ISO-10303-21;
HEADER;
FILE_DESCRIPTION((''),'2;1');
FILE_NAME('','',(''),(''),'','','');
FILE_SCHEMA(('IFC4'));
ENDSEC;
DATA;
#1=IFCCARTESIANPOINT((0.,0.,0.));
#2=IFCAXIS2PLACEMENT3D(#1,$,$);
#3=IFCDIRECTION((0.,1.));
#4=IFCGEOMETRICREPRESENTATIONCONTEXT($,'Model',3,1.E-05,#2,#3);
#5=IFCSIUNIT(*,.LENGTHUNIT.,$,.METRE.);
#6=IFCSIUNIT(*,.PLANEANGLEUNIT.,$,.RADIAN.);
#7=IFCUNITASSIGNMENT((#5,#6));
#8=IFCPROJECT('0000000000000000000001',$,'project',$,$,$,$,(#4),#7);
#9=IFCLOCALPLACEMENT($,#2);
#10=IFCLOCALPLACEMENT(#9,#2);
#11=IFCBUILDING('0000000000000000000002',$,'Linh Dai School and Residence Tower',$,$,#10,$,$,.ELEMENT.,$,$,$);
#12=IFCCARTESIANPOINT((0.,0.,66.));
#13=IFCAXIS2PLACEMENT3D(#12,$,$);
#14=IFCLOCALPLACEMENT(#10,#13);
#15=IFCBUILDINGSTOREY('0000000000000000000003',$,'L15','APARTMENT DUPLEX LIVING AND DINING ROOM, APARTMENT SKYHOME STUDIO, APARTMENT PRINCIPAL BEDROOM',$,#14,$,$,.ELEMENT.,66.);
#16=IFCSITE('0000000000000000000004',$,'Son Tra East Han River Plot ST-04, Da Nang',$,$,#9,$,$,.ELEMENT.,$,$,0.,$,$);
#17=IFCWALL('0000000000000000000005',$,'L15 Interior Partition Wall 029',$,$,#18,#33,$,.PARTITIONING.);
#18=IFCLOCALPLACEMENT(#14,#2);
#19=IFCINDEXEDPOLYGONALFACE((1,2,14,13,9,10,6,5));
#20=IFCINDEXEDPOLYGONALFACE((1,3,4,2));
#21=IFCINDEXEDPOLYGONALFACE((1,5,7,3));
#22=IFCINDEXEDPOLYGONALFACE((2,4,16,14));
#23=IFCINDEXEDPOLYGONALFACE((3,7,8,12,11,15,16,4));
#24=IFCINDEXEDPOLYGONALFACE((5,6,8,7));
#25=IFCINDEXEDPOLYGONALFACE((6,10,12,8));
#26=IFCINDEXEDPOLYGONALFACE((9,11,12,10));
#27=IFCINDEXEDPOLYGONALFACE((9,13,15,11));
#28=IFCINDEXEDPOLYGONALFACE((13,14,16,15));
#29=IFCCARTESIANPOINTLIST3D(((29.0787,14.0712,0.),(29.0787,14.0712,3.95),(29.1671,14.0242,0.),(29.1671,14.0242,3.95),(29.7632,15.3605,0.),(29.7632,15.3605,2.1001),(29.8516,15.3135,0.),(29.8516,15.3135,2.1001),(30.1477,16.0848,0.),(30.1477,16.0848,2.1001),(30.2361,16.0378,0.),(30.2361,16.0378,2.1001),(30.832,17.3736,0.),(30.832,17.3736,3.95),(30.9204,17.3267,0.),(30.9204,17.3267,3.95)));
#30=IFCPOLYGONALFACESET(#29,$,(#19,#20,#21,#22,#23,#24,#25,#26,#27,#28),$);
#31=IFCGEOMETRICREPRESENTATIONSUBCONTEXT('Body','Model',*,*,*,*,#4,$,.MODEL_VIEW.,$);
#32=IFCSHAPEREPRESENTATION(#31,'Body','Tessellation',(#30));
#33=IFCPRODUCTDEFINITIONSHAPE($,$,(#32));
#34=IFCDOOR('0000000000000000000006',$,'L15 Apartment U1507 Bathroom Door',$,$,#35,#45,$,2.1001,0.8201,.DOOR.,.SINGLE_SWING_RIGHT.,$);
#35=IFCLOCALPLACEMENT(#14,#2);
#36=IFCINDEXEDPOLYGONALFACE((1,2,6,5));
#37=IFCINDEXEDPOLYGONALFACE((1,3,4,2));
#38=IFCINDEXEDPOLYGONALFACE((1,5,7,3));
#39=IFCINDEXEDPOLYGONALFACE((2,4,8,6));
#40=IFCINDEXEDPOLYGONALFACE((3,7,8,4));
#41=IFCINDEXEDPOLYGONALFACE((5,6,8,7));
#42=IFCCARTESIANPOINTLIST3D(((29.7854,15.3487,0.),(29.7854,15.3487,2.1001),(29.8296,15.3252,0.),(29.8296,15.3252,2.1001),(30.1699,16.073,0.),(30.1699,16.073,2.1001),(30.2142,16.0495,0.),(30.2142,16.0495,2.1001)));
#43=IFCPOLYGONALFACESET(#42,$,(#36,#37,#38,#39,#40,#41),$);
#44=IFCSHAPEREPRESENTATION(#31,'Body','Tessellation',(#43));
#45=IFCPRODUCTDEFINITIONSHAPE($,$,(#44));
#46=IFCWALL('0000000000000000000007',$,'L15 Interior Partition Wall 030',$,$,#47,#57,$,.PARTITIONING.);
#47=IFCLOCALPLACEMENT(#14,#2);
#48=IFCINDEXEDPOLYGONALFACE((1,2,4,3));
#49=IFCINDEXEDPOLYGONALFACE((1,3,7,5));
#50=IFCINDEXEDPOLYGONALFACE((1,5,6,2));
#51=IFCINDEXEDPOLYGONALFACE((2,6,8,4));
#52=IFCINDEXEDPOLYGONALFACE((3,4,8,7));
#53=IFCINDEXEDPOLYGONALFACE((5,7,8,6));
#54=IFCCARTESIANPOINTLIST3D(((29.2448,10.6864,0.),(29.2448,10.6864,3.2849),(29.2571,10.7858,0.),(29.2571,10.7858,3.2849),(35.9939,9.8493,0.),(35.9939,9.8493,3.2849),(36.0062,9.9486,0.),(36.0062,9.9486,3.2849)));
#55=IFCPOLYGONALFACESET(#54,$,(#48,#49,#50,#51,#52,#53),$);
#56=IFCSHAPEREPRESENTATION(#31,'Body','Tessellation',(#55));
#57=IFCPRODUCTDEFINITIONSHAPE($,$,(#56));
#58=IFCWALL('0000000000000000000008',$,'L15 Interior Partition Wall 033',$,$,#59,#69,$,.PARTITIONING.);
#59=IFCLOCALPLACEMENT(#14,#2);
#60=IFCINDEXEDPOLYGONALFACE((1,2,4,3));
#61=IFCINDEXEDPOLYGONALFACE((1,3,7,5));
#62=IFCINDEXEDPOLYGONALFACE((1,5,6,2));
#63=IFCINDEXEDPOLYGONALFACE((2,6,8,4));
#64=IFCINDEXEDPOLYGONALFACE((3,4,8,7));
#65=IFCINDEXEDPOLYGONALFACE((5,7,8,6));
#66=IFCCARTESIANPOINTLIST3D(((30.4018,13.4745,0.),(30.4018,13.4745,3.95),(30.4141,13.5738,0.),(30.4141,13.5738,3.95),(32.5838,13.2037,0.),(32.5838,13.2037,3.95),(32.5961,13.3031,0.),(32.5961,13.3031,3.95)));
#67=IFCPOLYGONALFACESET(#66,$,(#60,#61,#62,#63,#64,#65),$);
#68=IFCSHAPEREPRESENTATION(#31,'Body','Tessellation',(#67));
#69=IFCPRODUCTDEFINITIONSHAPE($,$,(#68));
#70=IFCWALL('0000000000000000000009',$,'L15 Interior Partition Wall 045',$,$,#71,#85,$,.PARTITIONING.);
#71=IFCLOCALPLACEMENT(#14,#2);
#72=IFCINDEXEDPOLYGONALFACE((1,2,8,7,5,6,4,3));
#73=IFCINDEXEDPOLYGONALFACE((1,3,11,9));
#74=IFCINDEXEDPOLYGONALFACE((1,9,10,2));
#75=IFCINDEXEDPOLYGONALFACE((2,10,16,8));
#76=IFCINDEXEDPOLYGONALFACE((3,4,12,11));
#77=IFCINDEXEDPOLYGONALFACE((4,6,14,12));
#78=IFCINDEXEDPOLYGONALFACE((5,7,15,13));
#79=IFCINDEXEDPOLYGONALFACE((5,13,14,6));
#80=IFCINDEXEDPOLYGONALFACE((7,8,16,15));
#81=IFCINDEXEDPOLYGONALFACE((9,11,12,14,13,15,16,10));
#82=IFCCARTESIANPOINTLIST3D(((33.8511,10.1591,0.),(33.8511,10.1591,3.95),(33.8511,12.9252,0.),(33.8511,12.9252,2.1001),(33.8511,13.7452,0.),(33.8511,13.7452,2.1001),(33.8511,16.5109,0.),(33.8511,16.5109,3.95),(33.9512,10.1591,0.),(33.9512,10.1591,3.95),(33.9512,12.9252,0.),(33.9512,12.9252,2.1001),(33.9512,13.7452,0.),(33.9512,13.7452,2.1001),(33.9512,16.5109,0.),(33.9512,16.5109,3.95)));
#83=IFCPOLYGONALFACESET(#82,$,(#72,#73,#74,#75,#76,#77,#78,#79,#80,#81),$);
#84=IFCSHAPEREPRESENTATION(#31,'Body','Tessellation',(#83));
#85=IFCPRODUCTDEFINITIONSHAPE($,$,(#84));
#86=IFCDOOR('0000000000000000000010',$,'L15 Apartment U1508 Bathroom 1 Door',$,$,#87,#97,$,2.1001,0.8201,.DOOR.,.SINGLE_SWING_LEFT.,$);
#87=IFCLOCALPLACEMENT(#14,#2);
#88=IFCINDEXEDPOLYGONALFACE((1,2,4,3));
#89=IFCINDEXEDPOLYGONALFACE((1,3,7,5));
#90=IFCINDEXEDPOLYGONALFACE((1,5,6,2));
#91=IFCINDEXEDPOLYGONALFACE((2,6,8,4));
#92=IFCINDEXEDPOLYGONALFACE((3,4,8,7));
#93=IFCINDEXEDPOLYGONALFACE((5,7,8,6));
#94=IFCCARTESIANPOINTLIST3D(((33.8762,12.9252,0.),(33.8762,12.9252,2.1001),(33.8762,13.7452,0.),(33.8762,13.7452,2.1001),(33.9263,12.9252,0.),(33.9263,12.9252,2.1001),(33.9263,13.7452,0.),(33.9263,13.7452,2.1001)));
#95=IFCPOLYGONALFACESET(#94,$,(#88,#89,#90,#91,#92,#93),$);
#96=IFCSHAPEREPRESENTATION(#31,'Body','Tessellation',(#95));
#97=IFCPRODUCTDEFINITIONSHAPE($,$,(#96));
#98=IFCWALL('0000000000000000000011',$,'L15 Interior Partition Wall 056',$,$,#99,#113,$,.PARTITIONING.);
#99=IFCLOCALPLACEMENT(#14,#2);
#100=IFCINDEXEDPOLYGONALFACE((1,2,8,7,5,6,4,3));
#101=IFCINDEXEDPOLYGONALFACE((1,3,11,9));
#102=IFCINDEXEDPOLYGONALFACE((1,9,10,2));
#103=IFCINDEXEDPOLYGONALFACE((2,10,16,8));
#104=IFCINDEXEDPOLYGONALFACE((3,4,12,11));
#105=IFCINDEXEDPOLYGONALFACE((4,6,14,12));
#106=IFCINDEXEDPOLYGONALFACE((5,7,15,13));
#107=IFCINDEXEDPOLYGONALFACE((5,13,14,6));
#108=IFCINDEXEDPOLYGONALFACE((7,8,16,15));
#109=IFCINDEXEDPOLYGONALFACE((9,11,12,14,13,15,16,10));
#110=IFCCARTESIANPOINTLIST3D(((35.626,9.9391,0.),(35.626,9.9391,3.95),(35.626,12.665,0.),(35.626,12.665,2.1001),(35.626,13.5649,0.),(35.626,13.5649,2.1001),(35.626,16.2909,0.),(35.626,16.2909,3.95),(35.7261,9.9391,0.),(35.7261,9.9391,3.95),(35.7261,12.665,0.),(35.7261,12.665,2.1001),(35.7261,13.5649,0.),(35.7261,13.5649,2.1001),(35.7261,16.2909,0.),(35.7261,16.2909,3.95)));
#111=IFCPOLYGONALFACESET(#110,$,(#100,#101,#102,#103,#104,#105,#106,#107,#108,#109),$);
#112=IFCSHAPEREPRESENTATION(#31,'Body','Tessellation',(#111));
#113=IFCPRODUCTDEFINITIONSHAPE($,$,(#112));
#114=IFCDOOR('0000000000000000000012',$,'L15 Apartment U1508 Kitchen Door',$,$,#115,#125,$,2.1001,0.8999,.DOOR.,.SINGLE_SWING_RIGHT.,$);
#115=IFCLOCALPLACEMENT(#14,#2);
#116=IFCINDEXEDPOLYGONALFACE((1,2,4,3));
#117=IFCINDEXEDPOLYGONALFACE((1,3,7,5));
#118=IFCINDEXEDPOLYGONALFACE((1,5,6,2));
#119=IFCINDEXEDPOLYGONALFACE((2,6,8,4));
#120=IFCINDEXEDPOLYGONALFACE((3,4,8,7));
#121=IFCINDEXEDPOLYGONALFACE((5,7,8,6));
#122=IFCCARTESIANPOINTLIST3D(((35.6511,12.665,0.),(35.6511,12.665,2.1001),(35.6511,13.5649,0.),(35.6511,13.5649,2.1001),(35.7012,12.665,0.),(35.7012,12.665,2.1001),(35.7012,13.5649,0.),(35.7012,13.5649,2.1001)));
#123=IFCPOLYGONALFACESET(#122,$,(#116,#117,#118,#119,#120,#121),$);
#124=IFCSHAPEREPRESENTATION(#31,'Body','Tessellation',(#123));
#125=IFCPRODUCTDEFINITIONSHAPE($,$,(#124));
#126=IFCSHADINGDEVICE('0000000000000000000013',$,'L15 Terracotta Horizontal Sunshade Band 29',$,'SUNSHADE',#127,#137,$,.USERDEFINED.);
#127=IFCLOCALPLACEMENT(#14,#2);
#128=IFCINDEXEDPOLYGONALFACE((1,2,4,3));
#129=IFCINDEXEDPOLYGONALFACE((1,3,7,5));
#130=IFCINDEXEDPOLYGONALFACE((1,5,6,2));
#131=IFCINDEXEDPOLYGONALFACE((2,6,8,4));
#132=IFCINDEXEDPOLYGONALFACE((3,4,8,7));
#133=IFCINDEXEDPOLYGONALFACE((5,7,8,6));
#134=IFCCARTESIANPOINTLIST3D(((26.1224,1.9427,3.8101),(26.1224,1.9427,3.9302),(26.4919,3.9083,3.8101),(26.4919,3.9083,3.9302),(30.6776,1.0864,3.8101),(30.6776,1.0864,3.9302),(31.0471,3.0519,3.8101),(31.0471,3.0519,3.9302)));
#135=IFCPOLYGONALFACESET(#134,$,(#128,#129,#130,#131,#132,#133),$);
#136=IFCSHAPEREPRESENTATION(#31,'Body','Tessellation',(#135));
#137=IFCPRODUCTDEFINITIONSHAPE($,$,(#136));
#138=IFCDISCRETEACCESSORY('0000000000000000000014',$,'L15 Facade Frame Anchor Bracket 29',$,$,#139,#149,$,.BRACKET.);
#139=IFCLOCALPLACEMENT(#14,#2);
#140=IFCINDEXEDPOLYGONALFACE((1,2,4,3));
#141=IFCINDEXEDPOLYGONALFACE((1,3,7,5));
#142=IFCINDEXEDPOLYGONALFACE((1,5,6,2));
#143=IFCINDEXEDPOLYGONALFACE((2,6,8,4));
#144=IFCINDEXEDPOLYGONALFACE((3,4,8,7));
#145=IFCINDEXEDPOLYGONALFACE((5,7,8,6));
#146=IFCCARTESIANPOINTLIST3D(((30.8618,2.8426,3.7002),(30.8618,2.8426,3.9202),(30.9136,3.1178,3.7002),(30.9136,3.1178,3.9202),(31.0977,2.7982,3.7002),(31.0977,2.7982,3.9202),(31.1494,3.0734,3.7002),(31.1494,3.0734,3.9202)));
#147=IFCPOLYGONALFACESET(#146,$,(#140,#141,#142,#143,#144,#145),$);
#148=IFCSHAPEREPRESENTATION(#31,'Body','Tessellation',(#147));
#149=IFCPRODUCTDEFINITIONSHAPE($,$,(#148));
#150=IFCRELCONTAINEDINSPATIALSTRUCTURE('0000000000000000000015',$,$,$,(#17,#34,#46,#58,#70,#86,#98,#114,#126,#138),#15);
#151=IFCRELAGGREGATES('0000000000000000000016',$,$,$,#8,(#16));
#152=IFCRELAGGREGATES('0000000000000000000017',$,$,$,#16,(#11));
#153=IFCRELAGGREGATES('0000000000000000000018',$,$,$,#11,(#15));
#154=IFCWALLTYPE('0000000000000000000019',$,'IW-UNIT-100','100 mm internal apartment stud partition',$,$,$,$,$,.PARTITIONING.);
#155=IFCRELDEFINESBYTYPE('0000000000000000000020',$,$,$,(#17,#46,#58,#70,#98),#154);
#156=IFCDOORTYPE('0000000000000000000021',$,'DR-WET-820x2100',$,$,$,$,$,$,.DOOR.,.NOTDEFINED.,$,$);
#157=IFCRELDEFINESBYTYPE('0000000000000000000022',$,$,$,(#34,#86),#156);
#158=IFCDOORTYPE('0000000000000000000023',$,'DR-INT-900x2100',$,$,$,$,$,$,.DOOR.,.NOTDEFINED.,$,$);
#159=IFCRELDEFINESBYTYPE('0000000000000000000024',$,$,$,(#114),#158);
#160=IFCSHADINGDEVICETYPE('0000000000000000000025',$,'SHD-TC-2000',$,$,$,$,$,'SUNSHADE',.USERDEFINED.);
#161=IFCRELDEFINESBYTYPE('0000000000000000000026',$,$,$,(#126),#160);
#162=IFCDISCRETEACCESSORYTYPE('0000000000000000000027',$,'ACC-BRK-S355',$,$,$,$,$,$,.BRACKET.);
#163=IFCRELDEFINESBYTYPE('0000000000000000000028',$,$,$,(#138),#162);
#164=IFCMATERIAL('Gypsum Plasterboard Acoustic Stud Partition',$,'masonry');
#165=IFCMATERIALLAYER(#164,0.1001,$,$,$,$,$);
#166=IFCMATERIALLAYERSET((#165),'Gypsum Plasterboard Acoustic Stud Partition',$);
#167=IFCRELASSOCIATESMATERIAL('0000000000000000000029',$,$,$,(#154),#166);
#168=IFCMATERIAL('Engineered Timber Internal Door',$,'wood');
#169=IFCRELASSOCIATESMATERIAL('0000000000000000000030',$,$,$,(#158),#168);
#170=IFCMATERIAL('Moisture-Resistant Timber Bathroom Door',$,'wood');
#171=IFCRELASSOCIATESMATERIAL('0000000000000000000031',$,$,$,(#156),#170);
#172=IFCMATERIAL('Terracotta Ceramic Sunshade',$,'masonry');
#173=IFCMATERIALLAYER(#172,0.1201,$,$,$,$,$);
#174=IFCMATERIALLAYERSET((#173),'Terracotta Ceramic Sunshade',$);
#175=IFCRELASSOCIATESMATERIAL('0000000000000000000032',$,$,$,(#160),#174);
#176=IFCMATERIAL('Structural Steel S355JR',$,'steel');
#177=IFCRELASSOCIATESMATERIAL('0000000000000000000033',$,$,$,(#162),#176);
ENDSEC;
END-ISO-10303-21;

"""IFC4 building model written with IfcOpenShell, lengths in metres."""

from ifc_helpers import new_model, si_unit, direction, frame, frame_2d, origin, origin_2d, place, context, subcontext, project, spatial, rectangle, extrude, source, transform, mapped, material, layer, layer_set, type_object, element, fill, save


model = new_model("IFC4")

# Units and contexts
model_context = context("Model", 3, precision=1e-05, world=origin(), true_north=direction((0.0, 1.0)))
body_context = subcontext(model_context, "Body", "Model", "MODEL_VIEW")
ifc_project = project(units=[si_unit("LENGTHUNIT", "METRE"), si_unit("PLANEANGLEUNIT", "RADIAN")], contexts=[model_context])

# Site, building, storey
site_placement = place(None, origin())
site = spatial("IfcSite", under=ifc_project, at=site_placement, Name="Son Tra East Han River Plot ST-04, Da Nang", CompositionType="ELEMENT", RefElevation=0.0)
building_placement = place(site_placement, origin())
building = spatial("IfcBuilding", under=site, at=building_placement, Name="Linh Dai School and Residence Tower", CompositionType="ELEMENT")
storey_placement = place(building_placement, frame((0.0, 0.0, 66.0)))
storey = spatial("IfcBuildingStorey", under=building, at=storey_placement, Name="L15", Description="APARTMENT DUPLEX LIVING AND DINING ROOM, APARTMENT SKYHOME STUDIO, APARTMENT PRINCIPAL BEDROOM", CompositionType="ELEMENT", Elevation=66.0)

# Shared definitions
ifc_material_1 = material(Name="Structural Steel S355JR", Category="steel")

# Shared definitions
ifc_material_2 = material(Name="Gypsum Plasterboard Acoustic Stud Partition", Category="masonry")
ifc_layer_1 = layer(ifc_material_2, 0.1001)
ifc_layer_set_1 = layer_set([ifc_layer_1], Name="Gypsum Plasterboard Acoustic Stud Partition")
wall_type_1 = type_object("IfcWallType", Name="IW-UNIT-100", Description="100 mm internal apartment stud partition", PredefinedType="PARTITIONING", material=ifc_layer_set_1)
ifc_material_3 = material(Name="Engineered Timber Internal Door", Category="wood")
door_type_1 = type_object("IfcDoorType", Name="DR-INT-900x2100", OperationType="NOTDEFINED", PredefinedType="DOOR", material=ifc_material_3)
shared_shape_1 = source(origin(), body_context, "Body", "SweptSolid", [
    extrude(rectangle(XDim=0.8999, YDim=2.1001, at=origin_2d()), frame((0.45, 0.0249, 1.05), z_axis=(0.0, -1.0, 0.0), x_axis=(1.0, 0.0, 0.0)), (0.0, 0.0, 1.0), 0.05),
])

# Wall, opening, door
wall_1_placement = place(storey_placement, frame((29.1228, 14.0476, 0.0), z_axis=(0.0, 0.0, 1.0), x_axis=(0.46894, 0.88323, 0.0)))
wall_1 = element("IfcWall", 1, at=wall_1_placement, inside=storey, type_object=wall_type_1, Name="L15 Interior Partition Wall 029", PredefinedType="PARTITIONING", context=body_context, shape_type="SweptSolid", body=[
    extrude(rectangle(XDim=3.739, YDim=0.1001, at=frame_2d((1.8696, 0.0))), origin(), (0.0, 0.0, 1.0), 3.95),
])
opening_1_placement = place(wall_1_placement, frame((1.4597, 0.0, 0.0)))
opening_1 = element("IfcOpeningElement", 2, at=opening_1_placement, cuts=wall_1, PredefinedType="OPENING", context=body_context, shape_type="SweptSolid", body=[
    extrude(rectangle(XDim=0.8201, YDim=2.1001, at=origin_2d()), frame((0.4102, 0.0601, 1.05), z_axis=(0.0, -1.0, 0.0), x_axis=(1.0, 0.0, 0.0)), (0.0, 0.0, 1.0), 0.1201),
])
ifc_material_4 = material(Name="Moisture-Resistant Timber Bathroom Door", Category="wood")
door_type_2 = type_object("IfcDoorType", Name="DR-WET-820x2100", OperationType="NOTDEFINED", PredefinedType="DOOR", material=ifc_material_4)
shared_shape_2 = source(origin(), body_context, "Body", "SweptSolid", [
    extrude(rectangle(XDim=0.8201, YDim=2.1001, at=origin_2d()), frame((0.4102, 0.0249, 1.05), z_axis=(0.0, -1.0, 0.0), x_axis=(1.0, 0.0, 0.0)), (0.0, 0.0, 1.0), 0.05),
])
door_1_placement = place(opening_1_placement, origin())
door_1 = element("IfcDoor", 3, at=door_1_placement, inside=storey, type_object=door_type_2, Name="L15 Apartment U1507 Bathroom Door", OperationType="SINGLE_SWING_RIGHT", OverallHeight=2.1001, OverallWidth=0.8201, PredefinedType="DOOR", context=body_context, shape_type="MappedRepresentation", body=[
    mapped(shared_shape_2, transform((0.0, 0.0, 0.0), x_axis=(1.0, 0.0, 0.0), y_axis=(0.0, 1.0, 0.0), z_axis=(0.0, 0.0, 1.0), scale=1.0)),
])
fill(opening_1, door_1)

# Walls
wall_2_placement = place(storey_placement, frame((29.251, 10.7361, 0.0), z_axis=(0.0, 0.0, 1.0), x_axis=(0.992395, -0.123098, 0.0)))
element("IfcWall", 4, at=wall_2_placement, inside=storey, type_object=wall_type_1, Name="L15 Interior Partition Wall 030", PredefinedType="PARTITIONING", context=body_context, shape_type="SweptSolid", body=[
    extrude(rectangle(XDim=6.8008, YDim=0.1001, at=frame_2d((3.4004, 0.0))), origin(), (0.0, 0.0, 1.0), 3.2849),
])
wall_3_placement = place(storey_placement, frame((30.408, 13.5242, 0.0), z_axis=(0.0, 0.0, 1.0), x_axis=(0.992389, -0.123146, 0.0)))
element("IfcWall", 5, at=wall_3_placement, inside=storey, type_object=wall_type_1, Name="L15 Interior Partition Wall 033", PredefinedType="PARTITIONING", context=body_context, shape_type="SweptSolid", body=[
    extrude(rectangle(XDim=2.1987, YDim=0.1001, at=frame_2d((1.0994, 0.0))), origin(), (0.0, 0.0, 1.0), 3.95),
])

# Walls, openings, doors
wall_4_placement = place(storey_placement, frame((33.9011, 10.1592, 0.0), z_axis=(0.0, 0.0, 1.0), x_axis=(0.0, 1.0, 0.0)))
wall_4 = element("IfcWall", 6, at=wall_4_placement, inside=storey, type_object=wall_type_1, Name="L15 Interior Partition Wall 045", PredefinedType="PARTITIONING", context=body_context, shape_type="SweptSolid", body=[
    extrude(rectangle(XDim=6.3518, YDim=0.1001, at=frame_2d((3.1758, 0.0))), origin(), (0.0, 0.0, 1.0), 3.95),
])
opening_2_placement = place(wall_4_placement, frame((2.7659, 0.0, 0.0)))
opening_2 = element("IfcOpeningElement", 7, at=opening_2_placement, cuts=wall_4, PredefinedType="OPENING", context=body_context, shape_type="SweptSolid", body=[
    extrude(rectangle(XDim=0.8201, YDim=2.1001, at=origin_2d()), frame((0.4102, 0.0601, 1.05), z_axis=(0.0, -1.0, 0.0), x_axis=(1.0, 0.0, 0.0)), (0.0, 0.0, 1.0), 0.1201),
])
door_2_placement = place(opening_2_placement, origin())
door_2 = element("IfcDoor", 8, at=door_2_placement, inside=storey, type_object=door_type_2, Name="L15 Apartment U1508 Bathroom 1 Door", OperationType="SINGLE_SWING_LEFT", OverallHeight=2.1001, OverallWidth=0.8201, PredefinedType="DOOR", context=body_context, shape_type="MappedRepresentation", body=[
    mapped(shared_shape_2, transform((0.0, 0.0, 0.0), x_axis=(1.0, 0.0, 0.0), y_axis=(0.0, 1.0, 0.0), z_axis=(0.0, 0.0, 1.0), scale=1.0)),
])
fill(opening_2, door_2)
wall_5_placement = place(storey_placement, frame((35.676, 9.9392, 0.0), z_axis=(0.0, 0.0, 1.0), x_axis=(0.0, 1.0, 0.0)))
wall_5 = element("IfcWall", 9, at=wall_5_placement, inside=storey, type_object=wall_type_1, Name="L15 Interior Partition Wall 056", PredefinedType="PARTITIONING", context=body_context, shape_type="SweptSolid", body=[
    extrude(rectangle(XDim=6.3518, YDim=0.1001, at=frame_2d((3.1758, 0.0))), origin(), (0.0, 0.0, 1.0), 3.95),
])
opening_3_placement = place(wall_5_placement, frame((2.7258, 0.0, 0.0)))
opening_3 = element("IfcOpeningElement", 10, at=opening_3_placement, cuts=wall_5, PredefinedType="OPENING", context=body_context, shape_type="SweptSolid", body=[
    extrude(rectangle(XDim=0.8999, YDim=2.1001, at=origin_2d()), frame((0.45, 0.0601, 1.05), z_axis=(0.0, -1.0, 0.0), x_axis=(1.0, 0.0, 0.0)), (0.0, 0.0, 1.0), 0.1201),
])
door_3_placement = place(opening_3_placement, origin())
door_3 = element("IfcDoor", 11, at=door_3_placement, inside=storey, type_object=door_type_1, Name="L15 Apartment U1508 Kitchen Door", OperationType="SINGLE_SWING_RIGHT", OverallHeight=2.1001, OverallWidth=0.8999, PredefinedType="DOOR", context=body_context, shape_type="MappedRepresentation", body=[
    mapped(shared_shape_1, transform((0.0, 0.0, 0.0), x_axis=(1.0, 0.0, 0.0), y_axis=(0.0, 1.0, 0.0), z_axis=(0.0, 0.0, 1.0), scale=1.0)),
])
fill(opening_3, door_3)

# Shading device
ifc_material_5 = material(Name="Terracotta Ceramic Sunshade", Category="masonry")
ifc_layer_2 = layer(ifc_material_5, 0.1201)
ifc_layer_set_2 = layer_set([ifc_layer_2], Name="Terracotta Ceramic Sunshade")
shading_device_type = type_object("IfcShadingDeviceType", Name="SHD-TC-2000", ElementType="SUNSHADE", PredefinedType="USERDEFINED", material=ifc_layer_set_2)
shared_shape_3 = source(origin(), body_context, "Body", "SweptSolid", [
    extrude(rectangle(XDim=4.635, YDim=2.0, at=origin_2d()), origin(), (0.0, 0.0, 1.0), 0.1201),
])
shading_device_placement = place(storey_placement, frame((28.5847, 2.4973, 3.8101), z_axis=(0.0, 0.0, 1.0), x_axis=(-0.982786, 0.184748, 0.0)))
element("IfcShadingDevice", 12, at=shading_device_placement, inside=storey, type_object=shading_device_type, Name="L15 Terracotta Horizontal Sunshade Band 29", ObjectType="SUNSHADE", PredefinedType="USERDEFINED", context=body_context, shape_type="MappedRepresentation", body=[
    mapped(shared_shape_3, transform((0.0, 0.0, 0.0), x_axis=(1.0, 0.0, 0.0), y_axis=(0.0, 1.0, 0.0), z_axis=(0.0, 0.0, 1.0), scale=1.0)),
])

# Discrete accessory
discrete_accessory_type = type_object("IfcDiscreteAccessoryType", Name="ACC-BRK-S355", PredefinedType="BRACKET", material=ifc_material_1)
shared_shape_4 = source(origin(), body_context, "Body", "SweptSolid", [
    extrude(rectangle(XDim=0.28, YDim=0.24, at=origin_2d()), origin(), (0.0, 0.0, 1.0), 0.22),
])
discrete_accessory_placement = place(storey_placement, frame((31.0056, 2.958, 3.7002), z_axis=(0.0, 0.0, 1.0), x_axis=(-0.184748, -0.982786, 0.0)))
element("IfcDiscreteAccessory", 13, at=discrete_accessory_placement, inside=storey, type_object=discrete_accessory_type, Name="L15 Facade Frame Anchor Bracket 29", PredefinedType="BRACKET", context=body_context, shape_type="MappedRepresentation", body=[
    mapped(shared_shape_4, transform((0.0, 0.0, 0.0), x_axis=(1.0, 0.0, 0.0), y_axis=(0.0, 1.0, 0.0), z_axis=(0.0, 0.0, 1.0), scale=1.0)),
])

save(model, "model.ifc")
